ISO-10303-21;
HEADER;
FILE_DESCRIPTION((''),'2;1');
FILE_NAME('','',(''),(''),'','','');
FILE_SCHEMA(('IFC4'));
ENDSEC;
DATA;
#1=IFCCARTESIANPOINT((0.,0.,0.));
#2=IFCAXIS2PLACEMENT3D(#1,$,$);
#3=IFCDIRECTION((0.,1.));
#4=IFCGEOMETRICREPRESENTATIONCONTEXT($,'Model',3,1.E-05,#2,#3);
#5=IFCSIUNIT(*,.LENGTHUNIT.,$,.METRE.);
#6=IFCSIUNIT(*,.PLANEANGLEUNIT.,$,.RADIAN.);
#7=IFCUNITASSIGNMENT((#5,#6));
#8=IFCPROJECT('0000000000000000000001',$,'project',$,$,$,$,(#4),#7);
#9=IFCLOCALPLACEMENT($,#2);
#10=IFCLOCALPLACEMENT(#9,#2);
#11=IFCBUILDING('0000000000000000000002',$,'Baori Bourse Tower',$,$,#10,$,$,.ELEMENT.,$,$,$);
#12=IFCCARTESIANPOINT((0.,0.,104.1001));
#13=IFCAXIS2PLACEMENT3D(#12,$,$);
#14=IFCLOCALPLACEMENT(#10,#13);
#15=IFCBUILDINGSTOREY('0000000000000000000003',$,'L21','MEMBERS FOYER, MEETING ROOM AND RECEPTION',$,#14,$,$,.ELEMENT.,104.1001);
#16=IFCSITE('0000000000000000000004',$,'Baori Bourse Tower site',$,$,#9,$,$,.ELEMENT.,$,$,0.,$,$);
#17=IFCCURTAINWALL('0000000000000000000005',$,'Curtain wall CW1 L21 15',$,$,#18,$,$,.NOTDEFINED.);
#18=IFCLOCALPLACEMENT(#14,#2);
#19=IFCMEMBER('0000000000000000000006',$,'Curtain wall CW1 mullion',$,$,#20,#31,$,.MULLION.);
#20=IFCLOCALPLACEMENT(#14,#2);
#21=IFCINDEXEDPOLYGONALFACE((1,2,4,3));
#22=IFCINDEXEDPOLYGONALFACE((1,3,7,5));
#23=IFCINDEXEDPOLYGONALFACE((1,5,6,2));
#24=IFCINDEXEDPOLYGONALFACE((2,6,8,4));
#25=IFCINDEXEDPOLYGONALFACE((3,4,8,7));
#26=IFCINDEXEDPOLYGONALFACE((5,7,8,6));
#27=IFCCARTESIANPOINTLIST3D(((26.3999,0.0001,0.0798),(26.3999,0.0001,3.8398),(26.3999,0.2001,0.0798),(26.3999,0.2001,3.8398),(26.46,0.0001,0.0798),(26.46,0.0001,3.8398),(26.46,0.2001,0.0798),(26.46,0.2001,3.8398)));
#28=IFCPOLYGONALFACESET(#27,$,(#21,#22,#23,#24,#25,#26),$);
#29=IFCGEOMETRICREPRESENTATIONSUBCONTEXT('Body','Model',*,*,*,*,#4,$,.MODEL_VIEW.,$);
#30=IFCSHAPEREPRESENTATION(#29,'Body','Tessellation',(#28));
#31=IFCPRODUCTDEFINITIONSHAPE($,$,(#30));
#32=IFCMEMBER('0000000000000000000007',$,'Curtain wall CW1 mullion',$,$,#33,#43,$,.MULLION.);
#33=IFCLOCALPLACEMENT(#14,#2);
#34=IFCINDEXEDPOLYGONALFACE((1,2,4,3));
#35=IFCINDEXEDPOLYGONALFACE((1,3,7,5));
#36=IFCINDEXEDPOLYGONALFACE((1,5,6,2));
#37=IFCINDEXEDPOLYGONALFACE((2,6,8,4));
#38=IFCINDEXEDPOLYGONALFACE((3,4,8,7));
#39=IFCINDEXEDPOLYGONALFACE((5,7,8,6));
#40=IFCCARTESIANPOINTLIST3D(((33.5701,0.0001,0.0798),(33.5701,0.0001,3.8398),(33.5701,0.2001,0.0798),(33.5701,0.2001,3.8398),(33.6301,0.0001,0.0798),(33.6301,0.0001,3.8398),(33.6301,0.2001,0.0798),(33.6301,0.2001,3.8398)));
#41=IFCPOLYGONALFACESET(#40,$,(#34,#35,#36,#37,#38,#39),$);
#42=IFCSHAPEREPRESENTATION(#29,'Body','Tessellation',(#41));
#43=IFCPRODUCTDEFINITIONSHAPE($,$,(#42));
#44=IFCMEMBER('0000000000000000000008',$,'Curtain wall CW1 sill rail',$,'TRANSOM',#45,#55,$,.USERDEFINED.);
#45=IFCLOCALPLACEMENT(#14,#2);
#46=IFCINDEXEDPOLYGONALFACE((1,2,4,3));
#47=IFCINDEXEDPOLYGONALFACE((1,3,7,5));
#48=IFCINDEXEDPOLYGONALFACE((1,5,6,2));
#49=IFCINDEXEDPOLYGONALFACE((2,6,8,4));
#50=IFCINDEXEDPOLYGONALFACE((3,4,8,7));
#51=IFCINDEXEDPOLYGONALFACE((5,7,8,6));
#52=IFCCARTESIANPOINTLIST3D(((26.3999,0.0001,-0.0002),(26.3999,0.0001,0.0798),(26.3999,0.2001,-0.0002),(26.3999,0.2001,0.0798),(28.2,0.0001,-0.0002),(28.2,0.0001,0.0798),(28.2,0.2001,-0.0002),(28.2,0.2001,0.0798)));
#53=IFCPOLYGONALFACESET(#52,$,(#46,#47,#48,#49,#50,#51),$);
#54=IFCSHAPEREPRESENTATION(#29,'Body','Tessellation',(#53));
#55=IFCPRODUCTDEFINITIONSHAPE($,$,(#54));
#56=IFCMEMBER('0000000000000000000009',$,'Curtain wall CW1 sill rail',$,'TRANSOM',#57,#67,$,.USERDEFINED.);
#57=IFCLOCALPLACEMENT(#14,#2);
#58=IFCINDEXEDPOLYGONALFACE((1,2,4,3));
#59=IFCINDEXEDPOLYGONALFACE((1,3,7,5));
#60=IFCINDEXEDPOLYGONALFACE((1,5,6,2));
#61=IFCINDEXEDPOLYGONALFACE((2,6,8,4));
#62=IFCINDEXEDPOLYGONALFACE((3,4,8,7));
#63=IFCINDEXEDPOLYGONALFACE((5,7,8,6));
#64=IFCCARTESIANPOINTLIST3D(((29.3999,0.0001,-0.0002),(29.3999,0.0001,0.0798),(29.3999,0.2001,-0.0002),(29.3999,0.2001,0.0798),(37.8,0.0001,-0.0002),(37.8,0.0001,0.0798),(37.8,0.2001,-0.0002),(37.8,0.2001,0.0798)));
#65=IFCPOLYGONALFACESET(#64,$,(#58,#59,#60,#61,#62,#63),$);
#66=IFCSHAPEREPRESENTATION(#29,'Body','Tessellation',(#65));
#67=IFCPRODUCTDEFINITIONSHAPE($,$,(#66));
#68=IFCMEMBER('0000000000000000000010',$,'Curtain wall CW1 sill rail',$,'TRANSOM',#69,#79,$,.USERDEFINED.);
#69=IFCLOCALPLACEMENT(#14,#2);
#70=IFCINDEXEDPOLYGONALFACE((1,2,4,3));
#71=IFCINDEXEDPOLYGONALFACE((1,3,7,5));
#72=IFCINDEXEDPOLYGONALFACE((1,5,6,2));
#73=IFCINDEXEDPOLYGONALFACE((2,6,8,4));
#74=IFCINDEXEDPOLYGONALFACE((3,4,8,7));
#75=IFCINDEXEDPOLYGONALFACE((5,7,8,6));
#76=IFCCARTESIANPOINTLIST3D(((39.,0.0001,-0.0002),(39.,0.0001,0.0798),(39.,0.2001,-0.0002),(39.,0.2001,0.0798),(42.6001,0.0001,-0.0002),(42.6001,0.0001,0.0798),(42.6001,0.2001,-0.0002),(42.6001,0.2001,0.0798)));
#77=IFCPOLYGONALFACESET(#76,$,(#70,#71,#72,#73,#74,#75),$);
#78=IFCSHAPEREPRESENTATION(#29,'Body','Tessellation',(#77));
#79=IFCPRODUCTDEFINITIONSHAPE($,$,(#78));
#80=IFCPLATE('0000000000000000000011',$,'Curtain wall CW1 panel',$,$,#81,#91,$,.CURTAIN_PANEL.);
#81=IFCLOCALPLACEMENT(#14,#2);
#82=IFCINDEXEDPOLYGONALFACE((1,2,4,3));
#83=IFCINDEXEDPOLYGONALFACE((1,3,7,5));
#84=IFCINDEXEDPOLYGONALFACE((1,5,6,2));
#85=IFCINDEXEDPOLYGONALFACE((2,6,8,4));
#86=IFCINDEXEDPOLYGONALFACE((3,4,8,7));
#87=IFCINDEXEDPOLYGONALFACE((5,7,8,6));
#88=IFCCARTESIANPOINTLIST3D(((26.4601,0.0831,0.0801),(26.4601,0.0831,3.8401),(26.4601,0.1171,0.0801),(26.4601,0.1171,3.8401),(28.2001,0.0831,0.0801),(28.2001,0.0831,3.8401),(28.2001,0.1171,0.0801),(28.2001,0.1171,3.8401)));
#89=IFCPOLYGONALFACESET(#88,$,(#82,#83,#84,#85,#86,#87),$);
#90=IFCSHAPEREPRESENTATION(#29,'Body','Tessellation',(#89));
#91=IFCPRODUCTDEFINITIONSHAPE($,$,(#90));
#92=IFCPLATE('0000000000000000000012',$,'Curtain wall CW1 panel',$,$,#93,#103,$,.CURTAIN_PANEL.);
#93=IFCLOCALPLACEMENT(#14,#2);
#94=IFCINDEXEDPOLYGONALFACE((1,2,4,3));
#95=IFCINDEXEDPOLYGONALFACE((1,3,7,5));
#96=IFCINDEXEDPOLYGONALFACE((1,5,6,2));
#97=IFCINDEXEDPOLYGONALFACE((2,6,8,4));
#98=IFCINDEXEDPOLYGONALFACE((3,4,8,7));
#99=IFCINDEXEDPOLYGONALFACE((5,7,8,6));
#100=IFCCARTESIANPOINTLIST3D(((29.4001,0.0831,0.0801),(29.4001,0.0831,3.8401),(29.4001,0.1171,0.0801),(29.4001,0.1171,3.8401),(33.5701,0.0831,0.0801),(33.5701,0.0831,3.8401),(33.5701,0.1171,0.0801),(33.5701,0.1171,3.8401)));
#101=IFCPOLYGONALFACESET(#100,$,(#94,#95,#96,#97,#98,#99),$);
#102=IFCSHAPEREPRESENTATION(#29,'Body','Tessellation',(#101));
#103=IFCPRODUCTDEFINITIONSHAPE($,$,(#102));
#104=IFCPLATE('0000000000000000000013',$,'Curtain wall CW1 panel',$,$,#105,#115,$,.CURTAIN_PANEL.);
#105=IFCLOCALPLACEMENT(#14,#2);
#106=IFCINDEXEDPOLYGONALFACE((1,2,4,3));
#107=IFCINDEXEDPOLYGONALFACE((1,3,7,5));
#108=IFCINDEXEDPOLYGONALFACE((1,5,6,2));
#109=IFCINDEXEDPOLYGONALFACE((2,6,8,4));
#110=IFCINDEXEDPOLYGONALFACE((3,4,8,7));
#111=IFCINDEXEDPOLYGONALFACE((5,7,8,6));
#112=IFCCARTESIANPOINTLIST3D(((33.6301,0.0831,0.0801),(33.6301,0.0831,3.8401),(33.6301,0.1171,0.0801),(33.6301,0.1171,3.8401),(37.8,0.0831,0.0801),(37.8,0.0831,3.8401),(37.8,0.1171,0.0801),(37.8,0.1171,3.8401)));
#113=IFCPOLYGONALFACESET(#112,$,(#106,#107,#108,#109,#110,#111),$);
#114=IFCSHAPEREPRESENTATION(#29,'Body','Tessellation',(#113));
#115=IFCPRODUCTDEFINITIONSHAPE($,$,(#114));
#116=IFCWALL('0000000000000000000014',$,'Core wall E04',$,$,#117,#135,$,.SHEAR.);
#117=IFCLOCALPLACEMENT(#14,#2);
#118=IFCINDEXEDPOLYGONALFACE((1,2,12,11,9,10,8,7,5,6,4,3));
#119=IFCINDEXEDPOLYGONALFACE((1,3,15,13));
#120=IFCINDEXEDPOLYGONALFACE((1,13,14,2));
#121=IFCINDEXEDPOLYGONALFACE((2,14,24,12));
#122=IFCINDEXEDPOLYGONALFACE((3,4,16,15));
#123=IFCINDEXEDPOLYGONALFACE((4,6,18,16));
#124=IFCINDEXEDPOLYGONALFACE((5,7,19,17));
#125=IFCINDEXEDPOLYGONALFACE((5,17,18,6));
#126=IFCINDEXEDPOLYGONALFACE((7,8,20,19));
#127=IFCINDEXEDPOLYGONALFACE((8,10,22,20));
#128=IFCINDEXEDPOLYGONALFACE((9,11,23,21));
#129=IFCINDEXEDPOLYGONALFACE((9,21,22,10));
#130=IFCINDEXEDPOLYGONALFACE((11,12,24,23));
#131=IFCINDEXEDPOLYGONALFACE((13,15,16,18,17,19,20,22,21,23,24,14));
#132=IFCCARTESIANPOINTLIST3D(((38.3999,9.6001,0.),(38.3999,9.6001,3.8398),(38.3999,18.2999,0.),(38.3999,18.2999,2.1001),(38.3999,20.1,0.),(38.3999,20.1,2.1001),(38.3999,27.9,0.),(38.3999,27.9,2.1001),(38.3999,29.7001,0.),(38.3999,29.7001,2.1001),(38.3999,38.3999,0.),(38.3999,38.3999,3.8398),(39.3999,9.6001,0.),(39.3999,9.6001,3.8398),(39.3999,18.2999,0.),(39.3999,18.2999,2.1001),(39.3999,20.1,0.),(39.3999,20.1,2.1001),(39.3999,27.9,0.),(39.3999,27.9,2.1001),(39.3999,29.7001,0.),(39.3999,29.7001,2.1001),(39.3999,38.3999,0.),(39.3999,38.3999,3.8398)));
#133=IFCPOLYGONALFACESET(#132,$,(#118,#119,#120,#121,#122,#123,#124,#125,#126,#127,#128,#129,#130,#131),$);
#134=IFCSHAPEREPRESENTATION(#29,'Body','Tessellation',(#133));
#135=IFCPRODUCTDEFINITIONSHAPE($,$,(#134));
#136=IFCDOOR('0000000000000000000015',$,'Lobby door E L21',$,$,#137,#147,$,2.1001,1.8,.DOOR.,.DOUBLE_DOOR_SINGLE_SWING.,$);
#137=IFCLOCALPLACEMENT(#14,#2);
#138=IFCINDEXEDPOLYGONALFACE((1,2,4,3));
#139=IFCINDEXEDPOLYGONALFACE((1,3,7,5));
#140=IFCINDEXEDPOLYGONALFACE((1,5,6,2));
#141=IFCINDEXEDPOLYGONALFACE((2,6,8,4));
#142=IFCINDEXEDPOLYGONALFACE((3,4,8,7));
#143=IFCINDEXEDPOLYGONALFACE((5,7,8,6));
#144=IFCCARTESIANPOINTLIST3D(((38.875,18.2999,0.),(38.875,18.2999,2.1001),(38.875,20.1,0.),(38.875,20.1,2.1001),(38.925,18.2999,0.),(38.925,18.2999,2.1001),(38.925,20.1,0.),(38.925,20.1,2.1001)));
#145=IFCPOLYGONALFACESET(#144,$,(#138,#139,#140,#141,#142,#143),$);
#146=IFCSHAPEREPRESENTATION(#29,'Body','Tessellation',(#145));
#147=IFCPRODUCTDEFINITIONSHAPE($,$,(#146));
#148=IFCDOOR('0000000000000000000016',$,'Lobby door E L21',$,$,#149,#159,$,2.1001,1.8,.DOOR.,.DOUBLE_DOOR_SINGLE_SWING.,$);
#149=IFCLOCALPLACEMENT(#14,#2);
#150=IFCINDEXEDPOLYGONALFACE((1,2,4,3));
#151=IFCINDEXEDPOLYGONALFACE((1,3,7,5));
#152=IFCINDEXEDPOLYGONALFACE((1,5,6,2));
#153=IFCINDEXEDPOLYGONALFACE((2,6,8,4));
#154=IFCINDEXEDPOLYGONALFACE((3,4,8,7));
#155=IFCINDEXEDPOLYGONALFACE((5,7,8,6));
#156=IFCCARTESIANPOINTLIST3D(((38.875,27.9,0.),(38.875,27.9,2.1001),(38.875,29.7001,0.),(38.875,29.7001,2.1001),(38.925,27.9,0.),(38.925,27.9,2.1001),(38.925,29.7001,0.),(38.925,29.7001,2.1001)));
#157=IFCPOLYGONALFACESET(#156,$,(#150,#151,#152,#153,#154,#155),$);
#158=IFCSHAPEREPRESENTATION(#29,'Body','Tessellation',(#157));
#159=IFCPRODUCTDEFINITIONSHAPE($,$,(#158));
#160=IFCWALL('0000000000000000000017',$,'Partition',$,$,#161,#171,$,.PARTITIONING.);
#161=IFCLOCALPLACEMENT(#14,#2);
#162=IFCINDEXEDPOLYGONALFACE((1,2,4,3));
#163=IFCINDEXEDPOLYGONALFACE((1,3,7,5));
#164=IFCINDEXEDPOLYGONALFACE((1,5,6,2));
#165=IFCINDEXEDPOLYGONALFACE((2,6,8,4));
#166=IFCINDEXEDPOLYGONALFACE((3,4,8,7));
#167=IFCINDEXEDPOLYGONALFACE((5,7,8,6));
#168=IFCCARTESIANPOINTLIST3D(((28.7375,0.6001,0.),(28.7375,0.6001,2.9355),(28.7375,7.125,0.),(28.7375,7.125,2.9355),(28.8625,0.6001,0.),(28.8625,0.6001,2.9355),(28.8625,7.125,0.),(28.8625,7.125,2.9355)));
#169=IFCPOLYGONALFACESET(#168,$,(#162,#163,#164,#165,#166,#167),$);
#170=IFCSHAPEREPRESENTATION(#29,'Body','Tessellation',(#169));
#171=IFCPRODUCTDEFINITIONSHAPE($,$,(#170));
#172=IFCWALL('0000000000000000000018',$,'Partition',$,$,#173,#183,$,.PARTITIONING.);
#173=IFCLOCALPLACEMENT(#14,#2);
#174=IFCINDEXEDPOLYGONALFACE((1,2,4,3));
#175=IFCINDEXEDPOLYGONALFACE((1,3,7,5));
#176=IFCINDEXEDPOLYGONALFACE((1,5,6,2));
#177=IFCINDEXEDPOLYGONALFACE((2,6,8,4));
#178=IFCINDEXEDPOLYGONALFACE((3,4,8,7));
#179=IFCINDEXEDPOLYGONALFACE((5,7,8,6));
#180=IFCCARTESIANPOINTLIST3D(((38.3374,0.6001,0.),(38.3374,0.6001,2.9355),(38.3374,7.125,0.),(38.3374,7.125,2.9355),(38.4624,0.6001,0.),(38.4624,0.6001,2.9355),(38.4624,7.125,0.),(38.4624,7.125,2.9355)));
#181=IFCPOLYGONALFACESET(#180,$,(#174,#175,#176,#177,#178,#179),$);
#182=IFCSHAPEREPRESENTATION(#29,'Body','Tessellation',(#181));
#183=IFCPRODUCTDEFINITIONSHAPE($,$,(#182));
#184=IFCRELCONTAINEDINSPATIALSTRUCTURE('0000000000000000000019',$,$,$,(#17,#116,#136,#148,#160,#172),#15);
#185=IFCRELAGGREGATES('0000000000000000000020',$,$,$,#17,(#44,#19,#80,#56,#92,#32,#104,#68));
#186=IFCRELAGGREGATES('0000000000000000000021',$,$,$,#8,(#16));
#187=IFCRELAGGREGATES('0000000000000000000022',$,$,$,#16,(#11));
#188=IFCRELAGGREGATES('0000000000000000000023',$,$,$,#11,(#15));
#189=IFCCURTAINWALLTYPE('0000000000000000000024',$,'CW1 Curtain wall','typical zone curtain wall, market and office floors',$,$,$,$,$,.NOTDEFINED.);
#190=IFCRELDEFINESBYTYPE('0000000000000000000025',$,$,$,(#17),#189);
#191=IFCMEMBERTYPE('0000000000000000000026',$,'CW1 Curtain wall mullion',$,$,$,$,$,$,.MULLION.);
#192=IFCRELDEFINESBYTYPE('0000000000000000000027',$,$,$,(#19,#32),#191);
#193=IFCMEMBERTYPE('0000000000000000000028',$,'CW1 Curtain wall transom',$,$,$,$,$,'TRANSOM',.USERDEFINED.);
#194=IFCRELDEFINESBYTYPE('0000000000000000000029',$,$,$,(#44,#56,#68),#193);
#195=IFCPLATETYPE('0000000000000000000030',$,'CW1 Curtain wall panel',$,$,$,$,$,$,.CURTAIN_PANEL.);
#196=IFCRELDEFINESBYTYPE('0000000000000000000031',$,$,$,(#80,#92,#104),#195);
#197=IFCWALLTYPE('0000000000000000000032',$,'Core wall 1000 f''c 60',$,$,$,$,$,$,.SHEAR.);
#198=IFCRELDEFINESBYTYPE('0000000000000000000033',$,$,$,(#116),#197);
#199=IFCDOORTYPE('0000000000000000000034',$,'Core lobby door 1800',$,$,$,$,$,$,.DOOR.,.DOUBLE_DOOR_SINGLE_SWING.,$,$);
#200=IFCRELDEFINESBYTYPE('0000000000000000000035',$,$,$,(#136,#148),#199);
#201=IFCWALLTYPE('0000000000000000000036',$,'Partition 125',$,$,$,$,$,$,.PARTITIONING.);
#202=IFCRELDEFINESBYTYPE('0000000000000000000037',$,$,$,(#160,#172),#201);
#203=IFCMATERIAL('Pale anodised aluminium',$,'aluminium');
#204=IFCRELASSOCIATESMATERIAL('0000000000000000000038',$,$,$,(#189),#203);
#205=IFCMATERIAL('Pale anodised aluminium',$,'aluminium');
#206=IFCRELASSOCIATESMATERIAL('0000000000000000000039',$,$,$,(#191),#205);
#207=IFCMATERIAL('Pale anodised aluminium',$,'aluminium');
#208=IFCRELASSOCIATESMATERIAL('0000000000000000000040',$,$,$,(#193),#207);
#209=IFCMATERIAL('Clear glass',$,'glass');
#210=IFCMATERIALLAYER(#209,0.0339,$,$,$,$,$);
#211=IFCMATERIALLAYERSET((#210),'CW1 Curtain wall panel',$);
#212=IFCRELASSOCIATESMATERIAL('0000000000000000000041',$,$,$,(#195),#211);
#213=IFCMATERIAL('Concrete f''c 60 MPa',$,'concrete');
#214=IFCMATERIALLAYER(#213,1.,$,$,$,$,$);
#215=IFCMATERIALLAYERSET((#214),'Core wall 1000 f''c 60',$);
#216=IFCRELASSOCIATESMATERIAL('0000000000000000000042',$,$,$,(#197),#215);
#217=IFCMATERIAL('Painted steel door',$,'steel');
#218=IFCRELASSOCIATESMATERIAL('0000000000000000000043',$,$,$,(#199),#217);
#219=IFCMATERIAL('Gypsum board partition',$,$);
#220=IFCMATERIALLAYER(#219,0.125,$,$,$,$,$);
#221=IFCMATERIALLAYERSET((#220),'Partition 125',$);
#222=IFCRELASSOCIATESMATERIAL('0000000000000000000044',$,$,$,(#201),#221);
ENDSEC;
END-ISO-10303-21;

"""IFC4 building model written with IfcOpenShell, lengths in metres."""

from ifc_helpers import new_model, si_unit, direction, frame, frame_2d, origin, origin_2d, place, context, subcontext, project, spatial, rectangle, extrude, material, layer, layer_set, material_profile, profile_set, type_object, element, fill, aggregate, save


model = new_model("IFC4")

# Units and contexts
model_context = context("Model", 3, precision=1e-05, world=origin(), true_north=direction((0.0, 1.0)))
body_context = subcontext(model_context, "Body", "Model", "MODEL_VIEW")
ifc_project = project(units=[si_unit("LENGTHUNIT", "METRE"), si_unit("PLANEANGLEUNIT", "RADIAN")], contexts=[model_context])

# Site, building, storey
site_placement = place(None, origin())
site = spatial("IfcSite", under=ifc_project, at=site_placement, Name="Baori Bourse Tower site", CompositionType="ELEMENT", RefElevation=0.0)
building_placement = place(site_placement, origin())
building = spatial("IfcBuilding", under=site, at=building_placement, Name="Baori Bourse Tower", CompositionType="ELEMENT")
storey_placement = place(building_placement, frame((0.0, 0.0, 104.1001)))
storey = spatial("IfcBuildingStorey", under=building, at=storey_placement, Name="L21", Description="MEMBERS FOYER, MEETING ROOM AND RECEPTION", CompositionType="ELEMENT", Elevation=104.1001)

# Curtain wall, members, plates
ifc_material_1 = material(Name="Pale anodised aluminium", Category="aluminium")
curtain_wall_type = type_object("IfcCurtainWallType", Name="CW1 Curtain wall", Description="typical zone curtain wall, market and office floors", PredefinedType="NOTDEFINED", material=ifc_material_1)
curtain_wall_placement = place(storey_placement, origin())
curtain_wall = element("IfcCurtainWall", 1, at=curtain_wall_placement, inside=storey, type_object=curtain_wall_type, Name="Curtain wall CW1 L21 15", PredefinedType="NOTDEFINED")
ifc_material_2 = material(Name="Pale anodised aluminium", Category="aluminium")
ifc_material_profile_1 = material_profile(ifc_material_2, rectangle(XDim=0.2, YDim=0.0601, at=origin_2d()), Name="Mullion 60x200")
ifc_profile_set_1 = profile_set([ifc_material_profile_1], Name="Pale anodised aluminium")
member_type_1 = type_object("IfcMemberType", Name="CW1 Curtain wall mullion", PredefinedType="MULLION", material=ifc_profile_set_1)
member_1_placement = place(storey_placement, frame((26.4299, 0.1001, 0.0798), z_axis=(0.0, 0.0, 1.0), x_axis=(0.0, 1.0, 0.0)))
member_1 = element("IfcMember", 2, at=member_1_placement, type_object=member_type_1, Name="Curtain wall CW1 mullion", PredefinedType="MULLION", context=body_context, shape_type="SweptSolid", body=[
    extrude(rectangle(XDim=0.2, YDim=0.0601, at=origin_2d()), origin(), (0.0, 0.0, 1.0), 3.76),
])
member_2_placement = place(storey_placement, frame((33.6001, 0.1001, 0.0798), z_axis=(0.0, 0.0, 1.0), x_axis=(0.0, 1.0, 0.0)))
member_2 = element("IfcMember", 3, at=member_2_placement, type_object=member_type_1, Name="Curtain wall CW1 mullion", PredefinedType="MULLION", context=body_context, shape_type="SweptSolid", body=[
    extrude(rectangle(XDim=0.2, YDim=0.0601, at=origin_2d()), origin(), (0.0, 0.0, 1.0), 3.76),
])
ifc_material_3 = material(Name="Pale anodised aluminium", Category="aluminium")
ifc_material_profile_2 = material_profile(ifc_material_3, rectangle(XDim=0.2, YDim=0.0801, at=origin_2d()), Name="Transom 80x200")
ifc_profile_set_2 = profile_set([ifc_material_profile_2], Name="Pale anodised aluminium")
member_type_2 = type_object("IfcMemberType", Name="CW1 Curtain wall transom", ElementType="TRANSOM", PredefinedType="USERDEFINED", material=ifc_profile_set_2)
member_3_placement = place(storey_placement, frame((26.3999, 0.1001, 0.0398), z_axis=(1.0, 0.0, 0.0), x_axis=(0.0, 1.0, 0.0)))
member_3 = element("IfcMember", 4, at=member_3_placement, type_object=member_type_2, Name="Curtain wall CW1 sill rail", ObjectType="TRANSOM", PredefinedType="USERDEFINED", context=body_context, shape_type="SweptSolid", body=[
    extrude(rectangle(XDim=0.2, YDim=0.0801, at=origin_2d()), origin(), (0.0, 0.0, 1.0), 1.8),
])
member_4_placement = place(storey_placement, frame((29.3999, 0.1001, 0.0398), z_axis=(1.0, 0.0, 0.0), x_axis=(0.0, 1.0, 0.0)))
member_4 = element("IfcMember", 5, at=member_4_placement, type_object=member_type_2, Name="Curtain wall CW1 sill rail", ObjectType="TRANSOM", PredefinedType="USERDEFINED", context=body_context, shape_type="SweptSolid", body=[
    extrude(rectangle(XDim=0.2, YDim=0.0801, at=origin_2d()), origin(), (0.0, 0.0, 1.0), 8.4001),
])
member_5_placement = place(storey_placement, frame((39.0, 0.1001, 0.0398), z_axis=(1.0, 0.0, 0.0), x_axis=(0.0, 1.0, 0.0)))
member_5 = element("IfcMember", 6, at=member_5_placement, type_object=member_type_2, Name="Curtain wall CW1 sill rail", ObjectType="TRANSOM", PredefinedType="USERDEFINED", context=body_context, shape_type="SweptSolid", body=[
    extrude(rectangle(XDim=0.2, YDim=0.0801, at=origin_2d()), origin(), (0.0, 0.0, 1.0), 3.6001),
])
ifc_material_4 = material(Name="Clear glass", Category="glass")
ifc_layer_1 = layer(ifc_material_4, 0.0339)
ifc_layer_set_1 = layer_set([ifc_layer_1], Name="CW1 Curtain wall panel")
plate_type = type_object("IfcPlateType", Name="CW1 Curtain wall panel", PredefinedType="CURTAIN_PANEL", material=ifc_layer_set_1)
plate_1_placement = place(storey_placement, frame((27.3301, 0.1001, 0.0801), z_axis=(0.0, 0.0, 1.0), x_axis=(1.0, 0.0, 0.0)))
plate_1 = element("IfcPlate", 7, at=plate_1_placement, type_object=plate_type, Name="Curtain wall CW1 panel", PredefinedType="CURTAIN_PANEL", context=body_context, shape_type="SweptSolid", body=[
    extrude(rectangle(XDim=1.74, YDim=0.0339, at=origin_2d()), origin(), (0.0, 0.0, 1.0), 3.76),
])
plate_2_placement = place(storey_placement, frame((31.4851, 0.1001, 0.0801), z_axis=(0.0, 0.0, 1.0), x_axis=(1.0, 0.0, 0.0)))
plate_2 = element("IfcPlate", 8, at=plate_2_placement, type_object=plate_type, Name="Curtain wall CW1 panel", PredefinedType="CURTAIN_PANEL", context=body_context, shape_type="SweptSolid", body=[
    extrude(rectangle(XDim=4.1699, YDim=0.0339, at=origin_2d()), origin(), (0.0, 0.0, 1.0), 3.76),
])
plate_3_placement = place(storey_placement, frame((35.7151, 0.1001, 0.0801), z_axis=(0.0, 0.0, 1.0), x_axis=(1.0, 0.0, 0.0)))
plate_3 = element("IfcPlate", 9, at=plate_3_placement, type_object=plate_type, Name="Curtain wall CW1 panel", PredefinedType="CURTAIN_PANEL", context=body_context, shape_type="SweptSolid", body=[
    extrude(rectangle(XDim=4.1699, YDim=0.0339, at=origin_2d()), origin(), (0.0, 0.0, 1.0), 3.76),
])
aggregate(curtain_wall, [member_3, member_1, plate_1, member_4, plate_2, member_2, plate_3, member_5])

# Wall, openings, doors
ifc_material_5 = material(Name="Concrete f'c 60 MPa", Category="concrete")
ifc_layer_2 = layer(ifc_material_5, 1.0)
ifc_layer_set_2 = layer_set([ifc_layer_2], Name="Core wall 1000 f'c 60")
wall_type_1 = type_object("IfcWallType", Name="Core wall 1000 f'c 60", PredefinedType="SHEAR", material=ifc_layer_set_2)
wall_placement = place(storey_placement, frame((38.8999, 9.6001, 0.0), z_axis=(0.0, 0.0, 1.0), x_axis=(0.0, 1.0, 0.0)))
wall = element("IfcWall", 10, at=wall_placement, inside=storey, type_object=wall_type_1, Name="Core wall E04", PredefinedType="SHEAR", context=body_context, shape_type="SweptSolid", body=[
    extrude(rectangle(XDim=28.7998, YDim=1.0, at=frame_2d((14.3999, 0.0))), origin(), (0.0, 0.0, 1.0), 3.8398),
])
opening_1_placement = place(wall_placement, frame((8.7, 0.0, 0.0)))
opening_1 = element("IfcOpeningElement", 11, at=opening_1_placement, cuts=wall, PredefinedType="OPENING", context=body_context, shape_type="SweptSolid", body=[
    extrude(rectangle(XDim=1.8, YDim=2.1001, at=frame_2d((0.8999, 1.05))), frame((0.0, 0.51, 0.0), z_axis=(0.0, -1.0, 0.0), x_axis=(1.0, 0.0, 0.0)), (0.0, 0.0, 1.0), 1.02),
])
opening_2_placement = place(wall_placement, frame((18.3, 0.0, 0.0)))
opening_2 = element("IfcOpeningElement", 12, at=opening_2_placement, cuts=wall, PredefinedType="OPENING", context=body_context, shape_type="SweptSolid", body=[
    extrude(rectangle(XDim=1.8, YDim=2.1001, at=frame_2d((0.8999, 1.05))), frame((0.0, 0.51, 0.0), z_axis=(0.0, -1.0, 0.0), x_axis=(1.0, 0.0, 0.0)), (0.0, 0.0, 1.0), 1.02),
])
ifc_material_6 = material(Name="Painted steel door", Category="steel")
door_type = type_object("IfcDoorType", Name="Core lobby door 1800", OperationType="DOUBLE_DOOR_SINGLE_SWING", PredefinedType="DOOR", material=ifc_material_6)
door_1_placement = place(opening_1_placement, origin())
door_1 = element("IfcDoor", 13, at=door_1_placement, inside=storey, type_object=door_type, Name="Lobby door E L21", OperationType="DOUBLE_DOOR_SINGLE_SWING", OverallHeight=2.1001, OverallWidth=1.8, PredefinedType="DOOR", context=body_context, shape_type="SweptSolid", body=[
    extrude(rectangle(XDim=1.8, YDim=2.1001, at=frame_2d((0.8999, 1.05))), frame((0.0, 0.0249, 0.0), z_axis=(0.0, -1.0, 0.0), x_axis=(1.0, 0.0, 0.0)), (0.0, 0.0, 1.0), 0.05),
])
fill(opening_1, door_1)
door_2_placement = place(opening_2_placement, origin())
door_2 = element("IfcDoor", 14, at=door_2_placement, inside=storey, type_object=door_type, Name="Lobby door E L21", OperationType="DOUBLE_DOOR_SINGLE_SWING", OverallHeight=2.1001, OverallWidth=1.8, PredefinedType="DOOR", context=body_context, shape_type="SweptSolid", body=[
    extrude(rectangle(XDim=1.8, YDim=2.1001, at=frame_2d((0.8999, 1.05))), frame((0.0, 0.0249, 0.0), z_axis=(0.0, -1.0, 0.0), x_axis=(1.0, 0.0, 0.0)), (0.0, 0.0, 1.0), 0.05),
])
fill(opening_2, door_2)

# Walls
ifc_material_7 = material(Name="Gypsum board partition")
ifc_layer_3 = layer(ifc_material_7, 0.125)
ifc_layer_set_3 = layer_set([ifc_layer_3], Name="Partition 125")
wall_type_2 = type_object("IfcWallType", Name="Partition 125", PredefinedType="PARTITIONING", material=ifc_layer_set_3)
for number, where, z_axis, x_axis, name in (
    (15, (28.8, 0.6001, 0.0), (0.0, 0.0, 1.0), (0.0, 1.0, 0.0), "Partition"),
    (16, (38.3999, 0.6001, 0.0), (0.0, 0.0, 1.0), (0.0, 1.0, 0.0), "Partition"),
):
    element("IfcWall", number, at=place(storey_placement, frame(where, z_axis=z_axis, x_axis=x_axis)), inside=storey, type_object=wall_type_2, Name=name, PredefinedType="PARTITIONING", context=body_context, shape_type="SweptSolid", body=[
        extrude(rectangle(XDim=6.5249, YDim=0.125, at=frame_2d((3.2625, 0.0))), origin(), (0.0, 0.0, 1.0), 2.9355),
    ])

save(model, "model.ifc")
